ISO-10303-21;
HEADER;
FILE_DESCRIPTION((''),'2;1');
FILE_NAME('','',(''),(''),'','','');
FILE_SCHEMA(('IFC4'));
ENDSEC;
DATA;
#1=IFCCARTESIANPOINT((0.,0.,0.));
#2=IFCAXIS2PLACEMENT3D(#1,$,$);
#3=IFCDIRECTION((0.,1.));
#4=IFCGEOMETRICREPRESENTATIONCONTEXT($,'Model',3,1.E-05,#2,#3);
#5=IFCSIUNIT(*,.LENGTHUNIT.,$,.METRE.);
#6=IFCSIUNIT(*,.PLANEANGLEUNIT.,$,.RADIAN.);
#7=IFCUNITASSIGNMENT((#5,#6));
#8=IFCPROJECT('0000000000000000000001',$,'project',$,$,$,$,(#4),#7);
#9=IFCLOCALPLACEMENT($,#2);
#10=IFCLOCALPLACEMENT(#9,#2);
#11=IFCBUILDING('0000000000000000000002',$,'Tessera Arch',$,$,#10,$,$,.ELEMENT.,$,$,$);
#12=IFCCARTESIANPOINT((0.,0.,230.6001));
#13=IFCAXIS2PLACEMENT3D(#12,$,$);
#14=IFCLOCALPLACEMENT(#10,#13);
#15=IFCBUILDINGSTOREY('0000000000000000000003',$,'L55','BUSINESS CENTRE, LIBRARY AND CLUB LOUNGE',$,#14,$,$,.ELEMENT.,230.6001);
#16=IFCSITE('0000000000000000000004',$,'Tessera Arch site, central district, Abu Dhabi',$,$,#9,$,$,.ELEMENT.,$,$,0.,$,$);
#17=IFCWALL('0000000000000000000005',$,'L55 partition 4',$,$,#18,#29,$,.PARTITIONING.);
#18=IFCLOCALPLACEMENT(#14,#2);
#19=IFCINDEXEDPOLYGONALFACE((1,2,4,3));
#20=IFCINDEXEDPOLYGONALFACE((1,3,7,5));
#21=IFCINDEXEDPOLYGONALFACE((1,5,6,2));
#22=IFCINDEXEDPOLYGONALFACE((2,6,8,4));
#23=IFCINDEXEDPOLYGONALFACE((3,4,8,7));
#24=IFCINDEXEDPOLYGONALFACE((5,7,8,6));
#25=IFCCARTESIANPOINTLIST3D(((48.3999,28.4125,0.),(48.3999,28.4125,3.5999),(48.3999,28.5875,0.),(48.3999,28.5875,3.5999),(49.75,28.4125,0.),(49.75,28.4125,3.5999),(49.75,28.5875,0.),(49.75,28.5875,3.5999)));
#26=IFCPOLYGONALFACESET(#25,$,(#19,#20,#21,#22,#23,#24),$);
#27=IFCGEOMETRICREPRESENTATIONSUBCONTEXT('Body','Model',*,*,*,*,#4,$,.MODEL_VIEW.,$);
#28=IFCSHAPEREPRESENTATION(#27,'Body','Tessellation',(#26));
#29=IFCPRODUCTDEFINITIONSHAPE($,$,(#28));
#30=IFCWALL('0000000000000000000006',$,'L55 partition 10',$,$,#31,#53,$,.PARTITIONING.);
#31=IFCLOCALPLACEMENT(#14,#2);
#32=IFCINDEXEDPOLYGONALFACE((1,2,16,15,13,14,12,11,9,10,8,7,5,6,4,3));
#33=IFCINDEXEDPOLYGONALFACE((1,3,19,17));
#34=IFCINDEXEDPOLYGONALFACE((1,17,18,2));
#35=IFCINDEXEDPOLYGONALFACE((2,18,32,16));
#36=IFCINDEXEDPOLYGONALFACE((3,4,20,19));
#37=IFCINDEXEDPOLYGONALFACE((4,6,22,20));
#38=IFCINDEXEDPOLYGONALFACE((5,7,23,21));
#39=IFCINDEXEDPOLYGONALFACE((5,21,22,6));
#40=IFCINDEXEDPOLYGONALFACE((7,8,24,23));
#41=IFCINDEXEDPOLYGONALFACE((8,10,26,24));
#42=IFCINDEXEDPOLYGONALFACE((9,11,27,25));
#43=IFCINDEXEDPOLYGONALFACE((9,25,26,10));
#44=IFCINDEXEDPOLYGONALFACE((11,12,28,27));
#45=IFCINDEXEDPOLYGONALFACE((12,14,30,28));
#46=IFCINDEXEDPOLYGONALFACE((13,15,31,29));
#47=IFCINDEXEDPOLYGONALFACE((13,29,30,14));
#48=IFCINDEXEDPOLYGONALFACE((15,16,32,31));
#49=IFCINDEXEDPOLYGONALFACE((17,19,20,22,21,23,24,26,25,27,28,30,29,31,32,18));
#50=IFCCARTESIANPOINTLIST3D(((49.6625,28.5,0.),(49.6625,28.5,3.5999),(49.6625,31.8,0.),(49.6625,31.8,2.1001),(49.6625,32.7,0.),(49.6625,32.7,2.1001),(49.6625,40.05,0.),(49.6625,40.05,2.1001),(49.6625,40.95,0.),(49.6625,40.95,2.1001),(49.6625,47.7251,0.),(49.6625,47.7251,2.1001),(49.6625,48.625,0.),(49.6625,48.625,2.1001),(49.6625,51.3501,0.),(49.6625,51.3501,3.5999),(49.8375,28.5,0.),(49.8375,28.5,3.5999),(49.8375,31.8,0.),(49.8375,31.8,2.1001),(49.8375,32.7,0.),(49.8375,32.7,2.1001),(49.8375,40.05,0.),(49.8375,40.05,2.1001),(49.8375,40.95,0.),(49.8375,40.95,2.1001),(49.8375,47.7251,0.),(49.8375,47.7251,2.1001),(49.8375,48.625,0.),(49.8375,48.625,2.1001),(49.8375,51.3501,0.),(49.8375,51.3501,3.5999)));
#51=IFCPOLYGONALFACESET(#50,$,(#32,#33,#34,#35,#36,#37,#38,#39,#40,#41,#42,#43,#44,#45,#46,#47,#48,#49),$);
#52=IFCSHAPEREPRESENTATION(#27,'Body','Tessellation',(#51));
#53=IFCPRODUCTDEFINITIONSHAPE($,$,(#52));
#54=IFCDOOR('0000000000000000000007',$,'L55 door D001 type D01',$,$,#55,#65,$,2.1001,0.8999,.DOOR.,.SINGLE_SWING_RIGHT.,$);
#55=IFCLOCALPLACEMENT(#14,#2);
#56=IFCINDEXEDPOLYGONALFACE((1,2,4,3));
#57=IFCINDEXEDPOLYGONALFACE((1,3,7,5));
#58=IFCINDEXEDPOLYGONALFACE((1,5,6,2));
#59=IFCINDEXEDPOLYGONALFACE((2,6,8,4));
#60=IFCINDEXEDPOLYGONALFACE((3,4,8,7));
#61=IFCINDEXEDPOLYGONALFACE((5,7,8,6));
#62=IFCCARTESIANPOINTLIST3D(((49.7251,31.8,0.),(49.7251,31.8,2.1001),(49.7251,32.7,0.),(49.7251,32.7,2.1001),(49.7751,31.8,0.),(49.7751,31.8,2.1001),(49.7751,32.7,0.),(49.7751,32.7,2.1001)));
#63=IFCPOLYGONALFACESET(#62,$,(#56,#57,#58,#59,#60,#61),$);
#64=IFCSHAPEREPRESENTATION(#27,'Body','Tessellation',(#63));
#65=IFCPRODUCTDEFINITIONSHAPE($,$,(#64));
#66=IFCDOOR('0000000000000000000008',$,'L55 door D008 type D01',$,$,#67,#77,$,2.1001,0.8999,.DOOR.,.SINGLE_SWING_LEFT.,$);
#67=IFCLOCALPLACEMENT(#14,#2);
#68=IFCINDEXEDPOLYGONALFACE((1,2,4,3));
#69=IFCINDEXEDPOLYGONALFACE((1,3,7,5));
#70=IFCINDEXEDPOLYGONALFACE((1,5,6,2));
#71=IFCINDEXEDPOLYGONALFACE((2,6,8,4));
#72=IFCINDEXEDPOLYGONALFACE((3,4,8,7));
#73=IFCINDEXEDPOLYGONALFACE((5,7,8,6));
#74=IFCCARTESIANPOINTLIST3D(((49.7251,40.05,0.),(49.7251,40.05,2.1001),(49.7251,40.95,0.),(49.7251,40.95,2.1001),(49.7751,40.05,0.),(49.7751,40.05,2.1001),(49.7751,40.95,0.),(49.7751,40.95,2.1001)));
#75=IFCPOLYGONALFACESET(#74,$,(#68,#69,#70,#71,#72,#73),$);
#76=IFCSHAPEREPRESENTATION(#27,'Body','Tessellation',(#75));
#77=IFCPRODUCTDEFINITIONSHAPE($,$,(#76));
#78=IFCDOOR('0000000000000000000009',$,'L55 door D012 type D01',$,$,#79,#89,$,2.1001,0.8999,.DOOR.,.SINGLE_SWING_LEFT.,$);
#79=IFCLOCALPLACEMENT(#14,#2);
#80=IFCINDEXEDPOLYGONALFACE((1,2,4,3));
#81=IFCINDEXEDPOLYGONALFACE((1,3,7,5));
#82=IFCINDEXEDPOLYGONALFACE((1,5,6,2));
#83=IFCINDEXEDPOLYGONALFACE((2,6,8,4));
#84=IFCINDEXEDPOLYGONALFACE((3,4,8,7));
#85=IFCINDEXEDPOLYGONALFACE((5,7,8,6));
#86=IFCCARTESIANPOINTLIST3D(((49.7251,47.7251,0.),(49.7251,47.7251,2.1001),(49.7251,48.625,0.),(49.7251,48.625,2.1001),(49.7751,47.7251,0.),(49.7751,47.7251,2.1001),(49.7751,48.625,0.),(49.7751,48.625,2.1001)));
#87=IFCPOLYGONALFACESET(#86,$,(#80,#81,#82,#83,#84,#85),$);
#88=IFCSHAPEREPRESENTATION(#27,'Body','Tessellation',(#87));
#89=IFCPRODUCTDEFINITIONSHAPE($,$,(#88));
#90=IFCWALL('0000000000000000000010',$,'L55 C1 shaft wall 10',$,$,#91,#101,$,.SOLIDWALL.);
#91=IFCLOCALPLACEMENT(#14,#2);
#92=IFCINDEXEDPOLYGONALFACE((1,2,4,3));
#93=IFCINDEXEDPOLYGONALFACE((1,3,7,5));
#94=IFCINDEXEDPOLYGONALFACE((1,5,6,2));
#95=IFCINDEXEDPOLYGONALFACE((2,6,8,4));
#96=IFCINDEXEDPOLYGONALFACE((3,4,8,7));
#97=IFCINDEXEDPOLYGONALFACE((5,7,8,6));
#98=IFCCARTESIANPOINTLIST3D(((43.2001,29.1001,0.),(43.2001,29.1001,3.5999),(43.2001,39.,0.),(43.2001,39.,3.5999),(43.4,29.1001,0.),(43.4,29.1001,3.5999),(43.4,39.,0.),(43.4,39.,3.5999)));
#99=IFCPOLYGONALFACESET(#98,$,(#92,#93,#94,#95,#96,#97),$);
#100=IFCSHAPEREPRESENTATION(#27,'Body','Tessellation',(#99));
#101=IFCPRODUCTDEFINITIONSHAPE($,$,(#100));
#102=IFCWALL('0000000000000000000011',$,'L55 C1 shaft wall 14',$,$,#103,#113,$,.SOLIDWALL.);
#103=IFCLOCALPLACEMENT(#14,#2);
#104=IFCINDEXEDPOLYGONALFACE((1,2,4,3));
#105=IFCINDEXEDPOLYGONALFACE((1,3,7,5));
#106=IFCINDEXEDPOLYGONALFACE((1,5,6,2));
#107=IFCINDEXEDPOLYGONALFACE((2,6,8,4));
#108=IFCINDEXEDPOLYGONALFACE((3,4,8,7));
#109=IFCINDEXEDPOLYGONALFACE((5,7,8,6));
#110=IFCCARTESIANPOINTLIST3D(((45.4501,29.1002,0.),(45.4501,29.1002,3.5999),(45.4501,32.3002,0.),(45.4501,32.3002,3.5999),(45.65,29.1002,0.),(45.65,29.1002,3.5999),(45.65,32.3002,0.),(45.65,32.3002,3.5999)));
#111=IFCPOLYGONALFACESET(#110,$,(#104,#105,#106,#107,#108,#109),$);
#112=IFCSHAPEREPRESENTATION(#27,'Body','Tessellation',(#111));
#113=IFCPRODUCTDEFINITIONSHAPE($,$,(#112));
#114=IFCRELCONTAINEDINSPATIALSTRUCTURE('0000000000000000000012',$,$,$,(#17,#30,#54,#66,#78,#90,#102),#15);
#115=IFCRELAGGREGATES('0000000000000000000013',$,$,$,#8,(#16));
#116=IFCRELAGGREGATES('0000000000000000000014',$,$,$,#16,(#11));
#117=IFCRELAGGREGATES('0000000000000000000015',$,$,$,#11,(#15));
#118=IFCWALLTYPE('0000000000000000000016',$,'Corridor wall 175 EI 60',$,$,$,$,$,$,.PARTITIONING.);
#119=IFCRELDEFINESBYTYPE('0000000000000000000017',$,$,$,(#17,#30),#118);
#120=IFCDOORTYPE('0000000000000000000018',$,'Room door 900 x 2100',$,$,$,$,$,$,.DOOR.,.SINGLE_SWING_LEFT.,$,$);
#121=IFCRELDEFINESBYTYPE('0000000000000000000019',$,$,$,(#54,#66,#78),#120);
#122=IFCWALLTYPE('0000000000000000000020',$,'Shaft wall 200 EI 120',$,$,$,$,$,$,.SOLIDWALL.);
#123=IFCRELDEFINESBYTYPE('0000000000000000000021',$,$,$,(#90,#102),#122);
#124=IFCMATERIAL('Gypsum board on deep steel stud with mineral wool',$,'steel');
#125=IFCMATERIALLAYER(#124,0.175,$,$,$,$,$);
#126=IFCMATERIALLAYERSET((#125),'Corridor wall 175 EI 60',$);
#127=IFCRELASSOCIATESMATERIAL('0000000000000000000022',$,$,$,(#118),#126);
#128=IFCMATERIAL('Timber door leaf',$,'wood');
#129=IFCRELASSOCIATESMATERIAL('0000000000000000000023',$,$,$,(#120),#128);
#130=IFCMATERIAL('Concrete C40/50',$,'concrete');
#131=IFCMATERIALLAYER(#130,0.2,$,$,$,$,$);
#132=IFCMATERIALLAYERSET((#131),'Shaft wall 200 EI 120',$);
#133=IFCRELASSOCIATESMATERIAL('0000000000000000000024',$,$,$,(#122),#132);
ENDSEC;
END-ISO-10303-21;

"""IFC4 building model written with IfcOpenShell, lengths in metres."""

from ifc_helpers import new_model, si_unit, direction, frame, frame_2d, origin, place, context, subcontext, project, spatial, rectangle, extrude, material, layer, layer_set, type_object, element, fill, save


model = new_model("IFC4")

# Units and contexts
model_context = context("Model", 3, precision=1e-05, world=origin(), true_north=direction((0.0, 1.0)))
body_context = subcontext(model_context, "Body", "Model", "MODEL_VIEW")
ifc_project = project(units=[si_unit("LENGTHUNIT", "METRE"), si_unit("PLANEANGLEUNIT", "RADIAN")], contexts=[model_context])

# Site, building, storey
site_placement = place(None, origin())
site = spatial("IfcSite", under=ifc_project, at=site_placement, Name="Tessera Arch site, central district, Abu Dhabi", CompositionType="ELEMENT", RefElevation=0.0)
building_placement = place(site_placement, origin())
building = spatial("IfcBuilding", under=site, at=building_placement, Name="Tessera Arch", CompositionType="ELEMENT")
storey_placement = place(building_placement, frame((0.0, 0.0, 230.6001)))
storey = spatial("IfcBuildingStorey", under=building, at=storey_placement, Name="L55", Description="BUSINESS CENTRE, LIBRARY AND CLUB LOUNGE", CompositionType="ELEMENT", Elevation=230.6001)

# Wall
ifc_material_1 = material(Name="Gypsum board on deep steel stud with mineral wool", Category="steel")
ifc_layer_1 = layer(ifc_material_1, 0.175)
ifc_layer_set_1 = layer_set([ifc_layer_1], Name="Corridor wall 175 EI 60")
wall_type_1 = type_object("IfcWallType", Name="Corridor wall 175 EI 60", PredefinedType="PARTITIONING", material=ifc_layer_set_1)
wall_1_placement = place(storey_placement, frame((48.3999, 28.5, 0.0), z_axis=(0.0, 0.0, 1.0), x_axis=(1.0, 0.0, 0.0)))
element("IfcWall", 1, at=wall_1_placement, inside=storey, type_object=wall_type_1, Name="L55 partition 4", PredefinedType="PARTITIONING", context=body_context, shape_type="SweptSolid", body=[
    extrude(rectangle(XDim=1.3501, YDim=0.175, at=frame_2d((0.675, 0.0))), origin(), (0.0, 0.0, 1.0), 3.5999),
])

# Wall, openings, doors
wall_2_placement = place(storey_placement, frame((49.75, 28.5, 0.0), z_axis=(0.0, 0.0, 1.0), x_axis=(0.0, 1.0, 0.0)))
wall_2 = element("IfcWall", 2, at=wall_2_placement, inside=storey, type_object=wall_type_1, Name="L55 partition 10", PredefinedType="PARTITIONING", context=body_context, shape_type="SweptSolid", body=[
    extrude(rectangle(XDim=22.8501, YDim=0.175, at=frame_2d((11.425, 0.0))), origin(), (0.0, 0.0, 1.0), 3.5999),
])
opening_1_placement = place(wall_2_placement, frame((3.3, 0.0, 0.0)))
opening_1 = element("IfcOpeningElement", 3, at=opening_1_placement, cuts=wall_2, PredefinedType="OPENING", context=body_context, shape_type="SweptSolid", body=[
    extrude(rectangle(XDim=0.8999, YDim=2.1001, at=frame_2d((0.45, 1.05))), frame((0.0, 0.0974, 0.0), z_axis=(0.0, -1.0, 0.0), x_axis=(1.0, 0.0, 0.0)), (0.0, 0.0, 1.0), 0.1951),
])
opening_2_placement = place(wall_2_placement, frame((11.55, 0.0, 0.0)))
opening_2 = element("IfcOpeningElement", 4, at=opening_2_placement, cuts=wall_2, PredefinedType="OPENING", context=body_context, shape_type="SweptSolid", body=[
    extrude(rectangle(XDim=0.8999, YDim=2.1001, at=frame_2d((0.45, 1.05))), frame((0.0, 0.0974, 0.0), z_axis=(0.0, -1.0, 0.0), x_axis=(1.0, 0.0, 0.0)), (0.0, 0.0, 1.0), 0.1951),
])
opening_3_placement = place(wall_2_placement, frame((19.2251, 0.0, 0.0)))
opening_3 = element("IfcOpeningElement", 5, at=opening_3_placement, cuts=wall_2, PredefinedType="OPENING", context=body_context, shape_type="SweptSolid", body=[
    extrude(rectangle(XDim=0.8999, YDim=2.1001, at=frame_2d((0.45, 1.05))), frame((0.0, 0.0974, 0.0), z_axis=(0.0, -1.0, 0.0), x_axis=(1.0, 0.0, 0.0)), (0.0, 0.0, 1.0), 0.1951),
])
ifc_material_2 = material(Name="Timber door leaf", Category="wood")
door_type_1 = type_object("IfcDoorType", Name="Room door 900 x 2100", OperationType="SINGLE_SWING_LEFT", PredefinedType="DOOR", material=ifc_material_2)
door_1_placement = place(opening_1_placement, origin())
door_1 = element("IfcDoor", 6, at=door_1_placement, inside=storey, type_object=door_type_1, Name="L55 door D001 type D01", OperationType="SINGLE_SWING_RIGHT", OverallHeight=2.1001, OverallWidth=0.8999, PredefinedType="DOOR", context=body_context, shape_type="SweptSolid", body=[
    extrude(rectangle(XDim=0.8999, YDim=2.1001, at=frame_2d((0.45, 1.05))), frame((0.0, 0.0249, 0.0), z_axis=(0.0, -1.0, 0.0), x_axis=(1.0, 0.0, 0.0)), (0.0, 0.0, 1.0), 0.05),
])
fill(opening_1, door_1)
door_2_placement = place(opening_2_placement, origin())
door_2 = element("IfcDoor", 7, at=door_2_placement, inside=storey, type_object=door_type_1, Name="L55 door D008 type D01", OperationType="SINGLE_SWING_LEFT", OverallHeight=2.1001, OverallWidth=0.8999, PredefinedType="DOOR", context=body_context, shape_type="SweptSolid", body=[
    extrude(rectangle(XDim=0.8999, YDim=2.1001, at=frame_2d((0.45, 1.05))), frame((0.0, 0.0249, 0.0), z_axis=(0.0, -1.0, 0.0), x_axis=(1.0, 0.0, 0.0)), (0.0, 0.0, 1.0), 0.05),
])
fill(opening_2, door_2)
door_3_placement = place(opening_3_placement, origin())
door_3 = element("IfcDoor", 8, at=door_3_placement, inside=storey, type_object=door_type_1, Name="L55 door D012 type D01", OperationType="SINGLE_SWING_LEFT", OverallHeight=2.1001, OverallWidth=0.8999, PredefinedType="DOOR", context=body_context, shape_type="SweptSolid", body=[
    extrude(rectangle(XDim=0.8999, YDim=2.1001, at=frame_2d((0.45, 1.05))), frame((0.0, 0.0249, 0.0), z_axis=(0.0, -1.0, 0.0), x_axis=(1.0, 0.0, 0.0)), (0.0, 0.0, 1.0), 0.05),
])
fill(opening_3, door_3)

# Walls
ifc_material_3 = material(Name="Concrete C40/50", Category="concrete")
ifc_layer_2 = layer(ifc_material_3, 0.2)
ifc_layer_set_2 = layer_set([ifc_layer_2], Name="Shaft wall 200 EI 120")
wall_type_2 = type_object("IfcWallType", Name="Shaft wall 200 EI 120", PredefinedType="SOLIDWALL", material=ifc_layer_set_2)
wall_3_placement = place(storey_placement, frame((43.3, 29.1001, 0.0), z_axis=(0.0, 0.0, 1.0), x_axis=(0.0, 1.0, 0.0)))
element("IfcWall", 9, at=wall_3_placement, inside=storey, type_object=wall_type_2, Name="L55 C1 shaft wall 10", PredefinedType="SOLIDWALL", context=body_context, shape_type="SweptSolid", body=[
    extrude(rectangle(XDim=9.8999, YDim=0.2, at=frame_2d((4.95, 0.0))), origin(), (0.0, 0.0, 1.0), 3.5999),
])
wall_4_placement = place(storey_placement, frame((45.55, 29.1001, 0.0), z_axis=(0.0, 0.0, 1.0), x_axis=(0.0, 1.0, 0.0)))
element("IfcWall", 10, at=wall_4_placement, inside=storey, type_object=wall_type_2, Name="L55 C1 shaft wall 14", PredefinedType="SOLIDWALL", context=body_context, shape_type="SweptSolid", body=[
    extrude(rectangle(XDim=3.2, YDim=0.2, at=frame_2d((1.6001, 0.0))), origin(), (0.0, 0.0, 1.0), 3.5999),
])

save(model, "model.ifc")
